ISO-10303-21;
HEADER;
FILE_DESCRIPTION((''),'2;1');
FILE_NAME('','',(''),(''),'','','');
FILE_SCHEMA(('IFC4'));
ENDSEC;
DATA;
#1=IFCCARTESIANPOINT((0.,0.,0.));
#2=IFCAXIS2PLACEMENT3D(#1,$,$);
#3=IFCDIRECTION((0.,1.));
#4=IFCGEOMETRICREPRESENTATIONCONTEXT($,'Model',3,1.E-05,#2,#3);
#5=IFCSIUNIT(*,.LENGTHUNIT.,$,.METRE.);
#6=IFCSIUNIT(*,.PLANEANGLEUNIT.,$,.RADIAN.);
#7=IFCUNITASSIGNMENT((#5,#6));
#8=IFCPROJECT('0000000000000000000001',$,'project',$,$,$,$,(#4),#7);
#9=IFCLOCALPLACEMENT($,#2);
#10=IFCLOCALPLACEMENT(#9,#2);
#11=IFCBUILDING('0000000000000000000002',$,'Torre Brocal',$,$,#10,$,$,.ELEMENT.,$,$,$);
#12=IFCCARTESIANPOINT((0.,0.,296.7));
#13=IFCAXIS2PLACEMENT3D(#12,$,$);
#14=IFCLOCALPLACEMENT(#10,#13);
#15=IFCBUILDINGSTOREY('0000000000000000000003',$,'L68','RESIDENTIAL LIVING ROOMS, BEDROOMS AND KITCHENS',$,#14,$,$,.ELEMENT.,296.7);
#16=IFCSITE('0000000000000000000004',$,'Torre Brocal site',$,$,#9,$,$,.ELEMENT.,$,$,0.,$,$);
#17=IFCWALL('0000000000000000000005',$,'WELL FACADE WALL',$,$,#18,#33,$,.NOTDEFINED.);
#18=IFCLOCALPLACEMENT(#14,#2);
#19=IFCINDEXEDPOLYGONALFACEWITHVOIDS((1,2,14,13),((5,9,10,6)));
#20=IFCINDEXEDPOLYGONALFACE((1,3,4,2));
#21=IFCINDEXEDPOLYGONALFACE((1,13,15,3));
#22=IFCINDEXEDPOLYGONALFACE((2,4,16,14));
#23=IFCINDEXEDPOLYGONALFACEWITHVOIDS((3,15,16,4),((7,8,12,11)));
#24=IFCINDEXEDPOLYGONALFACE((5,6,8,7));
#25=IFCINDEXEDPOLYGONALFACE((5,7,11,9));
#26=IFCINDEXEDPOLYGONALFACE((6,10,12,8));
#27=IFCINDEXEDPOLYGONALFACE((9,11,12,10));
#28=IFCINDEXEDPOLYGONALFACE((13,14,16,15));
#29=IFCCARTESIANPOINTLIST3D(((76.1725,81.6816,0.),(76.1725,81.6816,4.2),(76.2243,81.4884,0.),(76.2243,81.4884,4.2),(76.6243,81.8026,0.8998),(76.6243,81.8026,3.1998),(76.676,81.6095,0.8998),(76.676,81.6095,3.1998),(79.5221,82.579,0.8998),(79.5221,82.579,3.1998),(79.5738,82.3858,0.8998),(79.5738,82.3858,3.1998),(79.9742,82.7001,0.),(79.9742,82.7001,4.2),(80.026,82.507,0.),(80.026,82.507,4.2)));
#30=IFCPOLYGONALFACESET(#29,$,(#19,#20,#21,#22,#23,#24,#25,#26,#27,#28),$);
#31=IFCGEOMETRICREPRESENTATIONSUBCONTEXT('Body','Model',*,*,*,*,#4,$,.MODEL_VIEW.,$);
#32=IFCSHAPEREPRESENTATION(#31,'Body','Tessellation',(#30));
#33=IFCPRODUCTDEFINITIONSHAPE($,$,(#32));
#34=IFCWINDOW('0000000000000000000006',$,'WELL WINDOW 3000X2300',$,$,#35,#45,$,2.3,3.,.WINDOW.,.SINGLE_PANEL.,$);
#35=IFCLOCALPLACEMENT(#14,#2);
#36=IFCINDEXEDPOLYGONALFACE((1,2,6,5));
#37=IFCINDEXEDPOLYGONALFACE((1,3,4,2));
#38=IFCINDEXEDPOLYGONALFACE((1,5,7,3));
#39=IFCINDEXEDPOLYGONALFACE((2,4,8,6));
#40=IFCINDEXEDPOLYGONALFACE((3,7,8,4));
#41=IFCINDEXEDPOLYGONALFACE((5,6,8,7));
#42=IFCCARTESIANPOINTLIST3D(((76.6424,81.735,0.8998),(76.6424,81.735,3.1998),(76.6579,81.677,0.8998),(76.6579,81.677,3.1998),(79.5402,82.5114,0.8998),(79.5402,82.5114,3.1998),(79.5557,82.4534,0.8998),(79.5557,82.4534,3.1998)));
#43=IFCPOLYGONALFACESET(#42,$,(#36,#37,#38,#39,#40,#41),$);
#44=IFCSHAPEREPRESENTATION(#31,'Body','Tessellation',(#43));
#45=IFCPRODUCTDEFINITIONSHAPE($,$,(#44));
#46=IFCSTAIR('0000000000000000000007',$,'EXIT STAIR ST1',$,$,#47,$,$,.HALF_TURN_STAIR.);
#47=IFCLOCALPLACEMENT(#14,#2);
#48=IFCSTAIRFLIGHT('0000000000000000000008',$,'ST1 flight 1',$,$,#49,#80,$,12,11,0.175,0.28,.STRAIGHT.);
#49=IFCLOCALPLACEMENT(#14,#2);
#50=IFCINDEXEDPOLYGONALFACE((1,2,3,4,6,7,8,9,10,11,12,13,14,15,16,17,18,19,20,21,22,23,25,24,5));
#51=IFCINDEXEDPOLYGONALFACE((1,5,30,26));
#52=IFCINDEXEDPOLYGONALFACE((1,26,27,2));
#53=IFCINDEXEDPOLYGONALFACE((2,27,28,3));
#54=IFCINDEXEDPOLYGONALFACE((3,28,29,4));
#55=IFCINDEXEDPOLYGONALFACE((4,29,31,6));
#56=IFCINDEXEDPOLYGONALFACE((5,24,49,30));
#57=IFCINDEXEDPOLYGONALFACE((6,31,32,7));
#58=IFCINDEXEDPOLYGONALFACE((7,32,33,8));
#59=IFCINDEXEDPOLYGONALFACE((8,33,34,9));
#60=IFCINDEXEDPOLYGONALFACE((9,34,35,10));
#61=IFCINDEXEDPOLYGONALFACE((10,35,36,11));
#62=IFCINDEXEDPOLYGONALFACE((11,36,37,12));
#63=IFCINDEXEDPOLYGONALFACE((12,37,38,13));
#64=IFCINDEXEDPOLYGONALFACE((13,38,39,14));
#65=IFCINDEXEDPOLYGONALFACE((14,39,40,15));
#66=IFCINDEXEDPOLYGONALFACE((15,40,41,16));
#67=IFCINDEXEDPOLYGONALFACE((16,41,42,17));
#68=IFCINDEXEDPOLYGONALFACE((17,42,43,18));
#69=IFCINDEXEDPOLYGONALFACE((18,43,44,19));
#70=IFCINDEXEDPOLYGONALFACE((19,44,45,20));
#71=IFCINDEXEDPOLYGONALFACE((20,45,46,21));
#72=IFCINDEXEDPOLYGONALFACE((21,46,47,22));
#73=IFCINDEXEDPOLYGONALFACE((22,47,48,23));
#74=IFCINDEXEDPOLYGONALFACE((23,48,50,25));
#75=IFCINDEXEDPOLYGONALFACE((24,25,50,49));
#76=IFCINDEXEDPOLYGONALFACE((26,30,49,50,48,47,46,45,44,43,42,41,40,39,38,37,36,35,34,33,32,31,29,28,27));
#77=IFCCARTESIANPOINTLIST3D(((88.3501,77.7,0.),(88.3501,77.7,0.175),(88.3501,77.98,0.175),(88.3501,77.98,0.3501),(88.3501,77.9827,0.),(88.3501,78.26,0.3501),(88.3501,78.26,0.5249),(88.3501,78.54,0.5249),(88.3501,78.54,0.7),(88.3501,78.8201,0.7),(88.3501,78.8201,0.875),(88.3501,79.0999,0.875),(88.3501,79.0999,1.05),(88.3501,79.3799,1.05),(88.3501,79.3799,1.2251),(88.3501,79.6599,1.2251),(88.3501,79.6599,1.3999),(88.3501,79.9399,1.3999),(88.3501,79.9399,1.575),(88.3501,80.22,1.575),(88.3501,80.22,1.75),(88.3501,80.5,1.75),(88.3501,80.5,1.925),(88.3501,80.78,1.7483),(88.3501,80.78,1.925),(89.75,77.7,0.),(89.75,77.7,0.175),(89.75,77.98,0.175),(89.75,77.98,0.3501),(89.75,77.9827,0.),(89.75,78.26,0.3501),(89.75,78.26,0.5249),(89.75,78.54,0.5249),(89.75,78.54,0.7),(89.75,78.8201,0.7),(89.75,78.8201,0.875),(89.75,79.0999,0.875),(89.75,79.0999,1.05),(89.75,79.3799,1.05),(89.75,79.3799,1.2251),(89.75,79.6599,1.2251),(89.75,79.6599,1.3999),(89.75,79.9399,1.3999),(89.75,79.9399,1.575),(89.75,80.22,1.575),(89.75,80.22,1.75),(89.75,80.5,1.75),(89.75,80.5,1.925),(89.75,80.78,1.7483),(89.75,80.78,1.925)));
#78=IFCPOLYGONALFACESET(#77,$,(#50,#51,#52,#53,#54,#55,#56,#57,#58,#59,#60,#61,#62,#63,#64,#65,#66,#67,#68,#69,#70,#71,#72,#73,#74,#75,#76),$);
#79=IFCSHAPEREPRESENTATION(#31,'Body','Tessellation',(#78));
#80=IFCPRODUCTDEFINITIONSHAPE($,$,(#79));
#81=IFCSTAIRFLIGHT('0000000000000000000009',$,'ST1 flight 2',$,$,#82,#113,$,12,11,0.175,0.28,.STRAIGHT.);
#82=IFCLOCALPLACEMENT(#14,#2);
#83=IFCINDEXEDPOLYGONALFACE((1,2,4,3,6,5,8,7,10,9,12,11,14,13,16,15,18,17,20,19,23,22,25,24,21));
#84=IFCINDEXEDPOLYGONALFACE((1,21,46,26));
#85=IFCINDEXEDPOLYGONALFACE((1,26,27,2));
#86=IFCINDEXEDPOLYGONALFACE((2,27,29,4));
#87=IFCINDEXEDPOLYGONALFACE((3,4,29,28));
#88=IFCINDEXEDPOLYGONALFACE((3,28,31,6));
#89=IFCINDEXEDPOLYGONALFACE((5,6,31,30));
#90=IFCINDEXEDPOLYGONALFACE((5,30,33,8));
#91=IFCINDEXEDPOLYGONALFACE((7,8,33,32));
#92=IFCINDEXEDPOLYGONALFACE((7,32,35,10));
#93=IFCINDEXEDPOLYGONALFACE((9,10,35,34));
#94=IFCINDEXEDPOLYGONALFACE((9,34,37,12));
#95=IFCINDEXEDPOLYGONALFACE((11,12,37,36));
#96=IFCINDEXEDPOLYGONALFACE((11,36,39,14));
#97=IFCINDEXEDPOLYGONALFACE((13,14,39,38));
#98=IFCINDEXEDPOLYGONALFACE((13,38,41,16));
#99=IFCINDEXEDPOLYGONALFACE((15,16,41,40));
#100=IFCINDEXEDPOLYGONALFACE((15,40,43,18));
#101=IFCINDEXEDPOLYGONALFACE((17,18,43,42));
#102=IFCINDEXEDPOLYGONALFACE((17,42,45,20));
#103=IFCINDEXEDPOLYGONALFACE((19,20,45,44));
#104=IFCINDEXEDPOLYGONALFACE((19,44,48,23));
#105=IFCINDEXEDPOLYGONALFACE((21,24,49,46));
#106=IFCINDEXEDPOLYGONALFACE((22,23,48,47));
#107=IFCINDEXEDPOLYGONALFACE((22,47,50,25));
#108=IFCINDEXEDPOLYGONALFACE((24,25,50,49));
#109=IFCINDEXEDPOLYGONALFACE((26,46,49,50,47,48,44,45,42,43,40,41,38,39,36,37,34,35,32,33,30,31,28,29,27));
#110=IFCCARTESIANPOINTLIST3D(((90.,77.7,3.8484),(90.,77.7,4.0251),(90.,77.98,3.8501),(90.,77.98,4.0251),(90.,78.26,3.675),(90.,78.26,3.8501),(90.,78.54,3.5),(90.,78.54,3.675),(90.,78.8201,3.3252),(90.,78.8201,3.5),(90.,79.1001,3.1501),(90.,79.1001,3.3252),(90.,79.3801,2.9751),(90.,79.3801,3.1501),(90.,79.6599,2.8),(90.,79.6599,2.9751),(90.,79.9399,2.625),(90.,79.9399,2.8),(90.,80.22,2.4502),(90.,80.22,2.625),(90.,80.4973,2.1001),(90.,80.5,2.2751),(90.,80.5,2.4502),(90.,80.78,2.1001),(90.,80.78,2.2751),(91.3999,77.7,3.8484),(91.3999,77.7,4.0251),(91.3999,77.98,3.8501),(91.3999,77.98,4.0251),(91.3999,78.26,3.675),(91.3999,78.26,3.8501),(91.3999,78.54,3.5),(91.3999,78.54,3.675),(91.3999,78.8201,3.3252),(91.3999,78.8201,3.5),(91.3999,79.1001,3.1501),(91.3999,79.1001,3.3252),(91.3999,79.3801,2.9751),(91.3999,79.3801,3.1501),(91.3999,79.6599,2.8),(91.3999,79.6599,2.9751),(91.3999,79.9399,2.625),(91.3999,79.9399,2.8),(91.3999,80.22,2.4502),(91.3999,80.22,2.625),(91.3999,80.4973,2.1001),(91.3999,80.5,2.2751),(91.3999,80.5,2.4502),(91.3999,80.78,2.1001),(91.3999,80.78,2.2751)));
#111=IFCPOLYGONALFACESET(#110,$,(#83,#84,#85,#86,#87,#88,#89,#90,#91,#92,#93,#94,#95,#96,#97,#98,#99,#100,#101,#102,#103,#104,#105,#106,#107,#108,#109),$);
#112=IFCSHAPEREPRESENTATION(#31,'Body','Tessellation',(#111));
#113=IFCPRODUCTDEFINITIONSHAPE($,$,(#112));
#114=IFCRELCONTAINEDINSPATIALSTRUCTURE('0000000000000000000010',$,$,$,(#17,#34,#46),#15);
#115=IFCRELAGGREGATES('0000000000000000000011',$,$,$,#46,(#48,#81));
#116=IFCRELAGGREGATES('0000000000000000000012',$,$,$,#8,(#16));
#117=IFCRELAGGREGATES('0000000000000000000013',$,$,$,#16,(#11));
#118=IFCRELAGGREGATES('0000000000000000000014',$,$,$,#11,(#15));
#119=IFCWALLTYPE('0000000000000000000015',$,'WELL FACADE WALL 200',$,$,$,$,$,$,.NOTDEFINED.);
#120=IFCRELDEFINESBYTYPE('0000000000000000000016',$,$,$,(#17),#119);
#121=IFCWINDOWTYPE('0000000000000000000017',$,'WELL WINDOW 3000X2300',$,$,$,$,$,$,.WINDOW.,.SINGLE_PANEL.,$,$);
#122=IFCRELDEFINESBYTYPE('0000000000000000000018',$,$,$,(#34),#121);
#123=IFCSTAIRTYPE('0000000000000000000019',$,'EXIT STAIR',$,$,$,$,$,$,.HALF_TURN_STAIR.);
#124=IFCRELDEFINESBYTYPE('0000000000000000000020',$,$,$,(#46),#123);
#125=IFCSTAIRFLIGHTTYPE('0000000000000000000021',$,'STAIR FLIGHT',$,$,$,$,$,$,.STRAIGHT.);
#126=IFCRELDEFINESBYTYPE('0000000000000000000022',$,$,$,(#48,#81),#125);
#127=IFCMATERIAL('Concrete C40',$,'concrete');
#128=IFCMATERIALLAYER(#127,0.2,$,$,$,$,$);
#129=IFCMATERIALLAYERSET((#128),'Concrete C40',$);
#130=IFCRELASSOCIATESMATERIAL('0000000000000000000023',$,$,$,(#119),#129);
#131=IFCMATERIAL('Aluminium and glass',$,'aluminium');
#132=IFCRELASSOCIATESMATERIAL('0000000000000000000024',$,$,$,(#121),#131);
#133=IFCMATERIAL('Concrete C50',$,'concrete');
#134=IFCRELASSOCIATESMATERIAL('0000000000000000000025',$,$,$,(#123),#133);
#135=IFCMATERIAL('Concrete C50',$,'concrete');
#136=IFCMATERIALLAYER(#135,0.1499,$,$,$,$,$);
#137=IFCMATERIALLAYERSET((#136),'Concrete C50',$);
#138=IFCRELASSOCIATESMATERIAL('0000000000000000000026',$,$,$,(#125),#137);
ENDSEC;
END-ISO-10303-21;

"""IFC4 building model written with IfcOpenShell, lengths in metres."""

from ifc_helpers import new_model, si_unit, direction, frame, frame_2d, origin, place, context, subcontext, project, spatial, polyline, rectangle, outline, extrude, material, layer, layer_set, type_object, element, fill, aggregate, save


model = new_model("IFC4")

# Units and contexts
model_context = context("Model", 3, precision=1e-05, world=origin(), true_north=direction((0.0, 1.0)))
body_context = subcontext(model_context, "Body", "Model", "MODEL_VIEW")
ifc_project = project(units=[si_unit("LENGTHUNIT", "METRE"), si_unit("PLANEANGLEUNIT", "RADIAN")], contexts=[model_context])

# Site, building, storey
site_placement = place(None, origin())
site = spatial("IfcSite", under=ifc_project, at=site_placement, Name="Torre Brocal site", CompositionType="ELEMENT", RefElevation=0.0)
building_placement = place(site_placement, origin())
building = spatial("IfcBuilding", under=site, at=building_placement, Name="Torre Brocal", CompositionType="ELEMENT")
storey_placement = place(building_placement, frame((0.0, 0.0, 296.7)))
storey = spatial("IfcBuildingStorey", under=building, at=storey_placement, Name="L68", Description="RESIDENTIAL LIVING ROOMS, BEDROOMS AND KITCHENS", CompositionType="ELEMENT", Elevation=296.7)

# Wall, opening, window
ifc_material_1 = material(Name="Concrete C40", Category="concrete")
ifc_layer_1 = layer(ifc_material_1, 0.2)
ifc_layer_set_1 = layer_set([ifc_layer_1], Name="Concrete C40")
wall_type_1 = type_object("IfcWallType", Name="WELL FACADE WALL 200", PredefinedType="NOTDEFINED", material=ifc_layer_set_1)
ifc_material_2 = material(Name="Aluminium and glass", Category="aluminium")
window_type = type_object("IfcWindowType", Name="WELL WINDOW 3000X2300", PartitioningType="SINGLE_PANEL", PredefinedType="WINDOW", material=ifc_material_2)
wall_1_placement = place(storey_placement, frame((80.0, 82.6035, 0.0), z_axis=(0.0, 0.0, 1.0), x_axis=(-0.965934, -0.25879, 0.0)))
wall_1 = element("IfcWall", 1, at=wall_1_placement, inside=storey, type_object=wall_type_1, Name="WELL FACADE WALL", PredefinedType="NOTDEFINED", context=body_context, shape_type="SweptSolid", body=[
    extrude(rectangle(XDim=3.9358, YDim=0.2, at=frame_2d((1.9678, 0.0))), origin(), (0.0, 0.0, 1.0), 4.2),
])
opening_1_placement = place(wall_1_placement, frame((0.468, 0.0, 0.8999)))
opening_1 = element("IfcOpeningElement", 2, at=opening_1_placement, cuts=wall_1, PredefinedType="OPENING", context=body_context, shape_type="SweptSolid", body=[
    extrude(rectangle(XDim=3.0, YDim=2.3, at=frame_2d((1.5, 1.1499))), frame((0.0, 0.1099, 0.0), z_axis=(0.0, -1.0, 0.0), x_axis=(1.0, 0.0, 0.0)), (0.0, 0.0, 1.0), 0.22),
])
window_1_placement = place(opening_1_placement, origin())
window_1 = element("IfcWindow", 3, at=window_1_placement, inside=storey, type_object=window_type, Name="WELL WINDOW 3000X2300", OverallHeight=2.3, OverallWidth=3.0, PartitioningType="SINGLE_PANEL", PredefinedType="WINDOW", context=body_context, shape_type="SweptSolid", body=[
    extrude(rectangle(XDim=3.0, YDim=2.3, at=frame_2d((1.5, 1.1499))), frame((0.0, 0.03, 0.0), z_axis=(0.0, -1.0, 0.0), x_axis=(1.0, 0.0, 0.0)), (0.0, 0.0, 1.0), 0.0601),
])
fill(opening_1, window_1)

# Stair, stair flights
ifc_material_3 = material(Name="Concrete C50", Category="concrete")
stair_type = type_object("IfcStairType", Name="EXIT STAIR", PredefinedType="HALF_TURN_STAIR", material=ifc_material_3)
stair_placement = place(storey_placement, origin())
stair = element("IfcStair", 4, at=stair_placement, inside=storey, type_object=stair_type, Name="EXIT STAIR ST1", PredefinedType="HALF_TURN_STAIR")
ifc_material_4 = material(Name="Concrete C50", Category="concrete")
ifc_layer_2 = layer(ifc_material_4, 0.1499)
ifc_layer_set_2 = layer_set([ifc_layer_2], Name="Concrete C50")
stair_flight_type = type_object("IfcStairFlightType", Name="STAIR FLIGHT", PredefinedType="STRAIGHT", material=ifc_layer_set_2)
stair_flight_1_placement = place(storey_placement, frame((89.05, 77.7, 0.0), z_axis=(0.0, 0.0, 1.0), x_axis=(0.0, 1.0, 0.0)))
stair_flight_1 = element("IfcStairFlight", 5, at=stair_flight_1_placement, type_object=stair_flight_type, Name="ST1 flight 1", NumberOfRisers=12, NumberOfTreads=11, PredefinedType="STRAIGHT", RiserHeight=0.175, TreadLength=0.28, context=body_context, shape_type="SweptSolid", body=[
    extrude(outline(polyline([(0.0, 0.0), (0.0, 0.175), (0.28, 0.175), (0.28, 0.3501), (0.5601, 0.3501), (0.5601, 0.5249), (0.8401, 0.5249), (0.8401, 0.7), (1.1201, 0.7), (1.1201, 0.875), (1.3999, 0.875), (1.3999, 1.05), (1.6799, 1.05), (1.6799, 1.2251), (1.96, 1.2251), (1.96, 1.3999), (2.24, 1.3999), (2.24, 1.575), (2.52, 1.575), (2.52, 1.75), (2.8, 1.75), (2.8, 1.925), (3.0801, 1.925), (3.0801, 2.1001), (3.0801, 1.7483), (0.2827, 0.0), (0.0, 0.0)])), frame((0.0, 0.7, 0.0), z_axis=(0.0, -1.0, 0.0), x_axis=(1.0, 0.0, 0.0)), (0.0, 0.0, 1.0), 1.3999),
])
stair_flight_2_placement = place(storey_placement, frame((90.7, 80.78, 2.1001), z_axis=(0.0, 0.0, 1.0), x_axis=(0.0, -1.0, 0.0)))
stair_flight_2 = element("IfcStairFlight", 6, at=stair_flight_2_placement, type_object=stair_flight_type, Name="ST1 flight 2", NumberOfRisers=12, NumberOfTreads=11, PredefinedType="STRAIGHT", RiserHeight=0.175, TreadLength=0.28, context=body_context, shape_type="SweptSolid", body=[
    extrude(outline(polyline([(0.0, 0.0), (0.0, 0.175), (0.28, 0.175), (0.28, 0.3501), (0.5601, 0.3501), (0.5601, 0.5249), (0.8401, 0.5249), (0.8401, 0.7), (1.1201, 0.7), (1.1201, 0.875), (1.3999, 0.875), (1.3999, 1.05), (1.6799, 1.05), (1.6799, 1.2251), (1.96, 1.2251), (1.96, 1.3999), (2.24, 1.3999), (2.24, 1.575), (2.52, 1.575), (2.52, 1.75), (2.8, 1.75), (2.8, 1.925), (3.0801, 1.925), (3.0801, 2.1001), (3.0801, 1.7483), (0.2827, 0.0), (0.0, 0.0)])), frame((0.0, 0.7, 0.0), z_axis=(0.0, -1.0, 0.0), x_axis=(1.0, 0.0, 0.0)), (0.0, 0.0, 1.0), 1.3999),
])
aggregate(stair, [stair_flight_1, stair_flight_2])

save(model, "model.ifc")
